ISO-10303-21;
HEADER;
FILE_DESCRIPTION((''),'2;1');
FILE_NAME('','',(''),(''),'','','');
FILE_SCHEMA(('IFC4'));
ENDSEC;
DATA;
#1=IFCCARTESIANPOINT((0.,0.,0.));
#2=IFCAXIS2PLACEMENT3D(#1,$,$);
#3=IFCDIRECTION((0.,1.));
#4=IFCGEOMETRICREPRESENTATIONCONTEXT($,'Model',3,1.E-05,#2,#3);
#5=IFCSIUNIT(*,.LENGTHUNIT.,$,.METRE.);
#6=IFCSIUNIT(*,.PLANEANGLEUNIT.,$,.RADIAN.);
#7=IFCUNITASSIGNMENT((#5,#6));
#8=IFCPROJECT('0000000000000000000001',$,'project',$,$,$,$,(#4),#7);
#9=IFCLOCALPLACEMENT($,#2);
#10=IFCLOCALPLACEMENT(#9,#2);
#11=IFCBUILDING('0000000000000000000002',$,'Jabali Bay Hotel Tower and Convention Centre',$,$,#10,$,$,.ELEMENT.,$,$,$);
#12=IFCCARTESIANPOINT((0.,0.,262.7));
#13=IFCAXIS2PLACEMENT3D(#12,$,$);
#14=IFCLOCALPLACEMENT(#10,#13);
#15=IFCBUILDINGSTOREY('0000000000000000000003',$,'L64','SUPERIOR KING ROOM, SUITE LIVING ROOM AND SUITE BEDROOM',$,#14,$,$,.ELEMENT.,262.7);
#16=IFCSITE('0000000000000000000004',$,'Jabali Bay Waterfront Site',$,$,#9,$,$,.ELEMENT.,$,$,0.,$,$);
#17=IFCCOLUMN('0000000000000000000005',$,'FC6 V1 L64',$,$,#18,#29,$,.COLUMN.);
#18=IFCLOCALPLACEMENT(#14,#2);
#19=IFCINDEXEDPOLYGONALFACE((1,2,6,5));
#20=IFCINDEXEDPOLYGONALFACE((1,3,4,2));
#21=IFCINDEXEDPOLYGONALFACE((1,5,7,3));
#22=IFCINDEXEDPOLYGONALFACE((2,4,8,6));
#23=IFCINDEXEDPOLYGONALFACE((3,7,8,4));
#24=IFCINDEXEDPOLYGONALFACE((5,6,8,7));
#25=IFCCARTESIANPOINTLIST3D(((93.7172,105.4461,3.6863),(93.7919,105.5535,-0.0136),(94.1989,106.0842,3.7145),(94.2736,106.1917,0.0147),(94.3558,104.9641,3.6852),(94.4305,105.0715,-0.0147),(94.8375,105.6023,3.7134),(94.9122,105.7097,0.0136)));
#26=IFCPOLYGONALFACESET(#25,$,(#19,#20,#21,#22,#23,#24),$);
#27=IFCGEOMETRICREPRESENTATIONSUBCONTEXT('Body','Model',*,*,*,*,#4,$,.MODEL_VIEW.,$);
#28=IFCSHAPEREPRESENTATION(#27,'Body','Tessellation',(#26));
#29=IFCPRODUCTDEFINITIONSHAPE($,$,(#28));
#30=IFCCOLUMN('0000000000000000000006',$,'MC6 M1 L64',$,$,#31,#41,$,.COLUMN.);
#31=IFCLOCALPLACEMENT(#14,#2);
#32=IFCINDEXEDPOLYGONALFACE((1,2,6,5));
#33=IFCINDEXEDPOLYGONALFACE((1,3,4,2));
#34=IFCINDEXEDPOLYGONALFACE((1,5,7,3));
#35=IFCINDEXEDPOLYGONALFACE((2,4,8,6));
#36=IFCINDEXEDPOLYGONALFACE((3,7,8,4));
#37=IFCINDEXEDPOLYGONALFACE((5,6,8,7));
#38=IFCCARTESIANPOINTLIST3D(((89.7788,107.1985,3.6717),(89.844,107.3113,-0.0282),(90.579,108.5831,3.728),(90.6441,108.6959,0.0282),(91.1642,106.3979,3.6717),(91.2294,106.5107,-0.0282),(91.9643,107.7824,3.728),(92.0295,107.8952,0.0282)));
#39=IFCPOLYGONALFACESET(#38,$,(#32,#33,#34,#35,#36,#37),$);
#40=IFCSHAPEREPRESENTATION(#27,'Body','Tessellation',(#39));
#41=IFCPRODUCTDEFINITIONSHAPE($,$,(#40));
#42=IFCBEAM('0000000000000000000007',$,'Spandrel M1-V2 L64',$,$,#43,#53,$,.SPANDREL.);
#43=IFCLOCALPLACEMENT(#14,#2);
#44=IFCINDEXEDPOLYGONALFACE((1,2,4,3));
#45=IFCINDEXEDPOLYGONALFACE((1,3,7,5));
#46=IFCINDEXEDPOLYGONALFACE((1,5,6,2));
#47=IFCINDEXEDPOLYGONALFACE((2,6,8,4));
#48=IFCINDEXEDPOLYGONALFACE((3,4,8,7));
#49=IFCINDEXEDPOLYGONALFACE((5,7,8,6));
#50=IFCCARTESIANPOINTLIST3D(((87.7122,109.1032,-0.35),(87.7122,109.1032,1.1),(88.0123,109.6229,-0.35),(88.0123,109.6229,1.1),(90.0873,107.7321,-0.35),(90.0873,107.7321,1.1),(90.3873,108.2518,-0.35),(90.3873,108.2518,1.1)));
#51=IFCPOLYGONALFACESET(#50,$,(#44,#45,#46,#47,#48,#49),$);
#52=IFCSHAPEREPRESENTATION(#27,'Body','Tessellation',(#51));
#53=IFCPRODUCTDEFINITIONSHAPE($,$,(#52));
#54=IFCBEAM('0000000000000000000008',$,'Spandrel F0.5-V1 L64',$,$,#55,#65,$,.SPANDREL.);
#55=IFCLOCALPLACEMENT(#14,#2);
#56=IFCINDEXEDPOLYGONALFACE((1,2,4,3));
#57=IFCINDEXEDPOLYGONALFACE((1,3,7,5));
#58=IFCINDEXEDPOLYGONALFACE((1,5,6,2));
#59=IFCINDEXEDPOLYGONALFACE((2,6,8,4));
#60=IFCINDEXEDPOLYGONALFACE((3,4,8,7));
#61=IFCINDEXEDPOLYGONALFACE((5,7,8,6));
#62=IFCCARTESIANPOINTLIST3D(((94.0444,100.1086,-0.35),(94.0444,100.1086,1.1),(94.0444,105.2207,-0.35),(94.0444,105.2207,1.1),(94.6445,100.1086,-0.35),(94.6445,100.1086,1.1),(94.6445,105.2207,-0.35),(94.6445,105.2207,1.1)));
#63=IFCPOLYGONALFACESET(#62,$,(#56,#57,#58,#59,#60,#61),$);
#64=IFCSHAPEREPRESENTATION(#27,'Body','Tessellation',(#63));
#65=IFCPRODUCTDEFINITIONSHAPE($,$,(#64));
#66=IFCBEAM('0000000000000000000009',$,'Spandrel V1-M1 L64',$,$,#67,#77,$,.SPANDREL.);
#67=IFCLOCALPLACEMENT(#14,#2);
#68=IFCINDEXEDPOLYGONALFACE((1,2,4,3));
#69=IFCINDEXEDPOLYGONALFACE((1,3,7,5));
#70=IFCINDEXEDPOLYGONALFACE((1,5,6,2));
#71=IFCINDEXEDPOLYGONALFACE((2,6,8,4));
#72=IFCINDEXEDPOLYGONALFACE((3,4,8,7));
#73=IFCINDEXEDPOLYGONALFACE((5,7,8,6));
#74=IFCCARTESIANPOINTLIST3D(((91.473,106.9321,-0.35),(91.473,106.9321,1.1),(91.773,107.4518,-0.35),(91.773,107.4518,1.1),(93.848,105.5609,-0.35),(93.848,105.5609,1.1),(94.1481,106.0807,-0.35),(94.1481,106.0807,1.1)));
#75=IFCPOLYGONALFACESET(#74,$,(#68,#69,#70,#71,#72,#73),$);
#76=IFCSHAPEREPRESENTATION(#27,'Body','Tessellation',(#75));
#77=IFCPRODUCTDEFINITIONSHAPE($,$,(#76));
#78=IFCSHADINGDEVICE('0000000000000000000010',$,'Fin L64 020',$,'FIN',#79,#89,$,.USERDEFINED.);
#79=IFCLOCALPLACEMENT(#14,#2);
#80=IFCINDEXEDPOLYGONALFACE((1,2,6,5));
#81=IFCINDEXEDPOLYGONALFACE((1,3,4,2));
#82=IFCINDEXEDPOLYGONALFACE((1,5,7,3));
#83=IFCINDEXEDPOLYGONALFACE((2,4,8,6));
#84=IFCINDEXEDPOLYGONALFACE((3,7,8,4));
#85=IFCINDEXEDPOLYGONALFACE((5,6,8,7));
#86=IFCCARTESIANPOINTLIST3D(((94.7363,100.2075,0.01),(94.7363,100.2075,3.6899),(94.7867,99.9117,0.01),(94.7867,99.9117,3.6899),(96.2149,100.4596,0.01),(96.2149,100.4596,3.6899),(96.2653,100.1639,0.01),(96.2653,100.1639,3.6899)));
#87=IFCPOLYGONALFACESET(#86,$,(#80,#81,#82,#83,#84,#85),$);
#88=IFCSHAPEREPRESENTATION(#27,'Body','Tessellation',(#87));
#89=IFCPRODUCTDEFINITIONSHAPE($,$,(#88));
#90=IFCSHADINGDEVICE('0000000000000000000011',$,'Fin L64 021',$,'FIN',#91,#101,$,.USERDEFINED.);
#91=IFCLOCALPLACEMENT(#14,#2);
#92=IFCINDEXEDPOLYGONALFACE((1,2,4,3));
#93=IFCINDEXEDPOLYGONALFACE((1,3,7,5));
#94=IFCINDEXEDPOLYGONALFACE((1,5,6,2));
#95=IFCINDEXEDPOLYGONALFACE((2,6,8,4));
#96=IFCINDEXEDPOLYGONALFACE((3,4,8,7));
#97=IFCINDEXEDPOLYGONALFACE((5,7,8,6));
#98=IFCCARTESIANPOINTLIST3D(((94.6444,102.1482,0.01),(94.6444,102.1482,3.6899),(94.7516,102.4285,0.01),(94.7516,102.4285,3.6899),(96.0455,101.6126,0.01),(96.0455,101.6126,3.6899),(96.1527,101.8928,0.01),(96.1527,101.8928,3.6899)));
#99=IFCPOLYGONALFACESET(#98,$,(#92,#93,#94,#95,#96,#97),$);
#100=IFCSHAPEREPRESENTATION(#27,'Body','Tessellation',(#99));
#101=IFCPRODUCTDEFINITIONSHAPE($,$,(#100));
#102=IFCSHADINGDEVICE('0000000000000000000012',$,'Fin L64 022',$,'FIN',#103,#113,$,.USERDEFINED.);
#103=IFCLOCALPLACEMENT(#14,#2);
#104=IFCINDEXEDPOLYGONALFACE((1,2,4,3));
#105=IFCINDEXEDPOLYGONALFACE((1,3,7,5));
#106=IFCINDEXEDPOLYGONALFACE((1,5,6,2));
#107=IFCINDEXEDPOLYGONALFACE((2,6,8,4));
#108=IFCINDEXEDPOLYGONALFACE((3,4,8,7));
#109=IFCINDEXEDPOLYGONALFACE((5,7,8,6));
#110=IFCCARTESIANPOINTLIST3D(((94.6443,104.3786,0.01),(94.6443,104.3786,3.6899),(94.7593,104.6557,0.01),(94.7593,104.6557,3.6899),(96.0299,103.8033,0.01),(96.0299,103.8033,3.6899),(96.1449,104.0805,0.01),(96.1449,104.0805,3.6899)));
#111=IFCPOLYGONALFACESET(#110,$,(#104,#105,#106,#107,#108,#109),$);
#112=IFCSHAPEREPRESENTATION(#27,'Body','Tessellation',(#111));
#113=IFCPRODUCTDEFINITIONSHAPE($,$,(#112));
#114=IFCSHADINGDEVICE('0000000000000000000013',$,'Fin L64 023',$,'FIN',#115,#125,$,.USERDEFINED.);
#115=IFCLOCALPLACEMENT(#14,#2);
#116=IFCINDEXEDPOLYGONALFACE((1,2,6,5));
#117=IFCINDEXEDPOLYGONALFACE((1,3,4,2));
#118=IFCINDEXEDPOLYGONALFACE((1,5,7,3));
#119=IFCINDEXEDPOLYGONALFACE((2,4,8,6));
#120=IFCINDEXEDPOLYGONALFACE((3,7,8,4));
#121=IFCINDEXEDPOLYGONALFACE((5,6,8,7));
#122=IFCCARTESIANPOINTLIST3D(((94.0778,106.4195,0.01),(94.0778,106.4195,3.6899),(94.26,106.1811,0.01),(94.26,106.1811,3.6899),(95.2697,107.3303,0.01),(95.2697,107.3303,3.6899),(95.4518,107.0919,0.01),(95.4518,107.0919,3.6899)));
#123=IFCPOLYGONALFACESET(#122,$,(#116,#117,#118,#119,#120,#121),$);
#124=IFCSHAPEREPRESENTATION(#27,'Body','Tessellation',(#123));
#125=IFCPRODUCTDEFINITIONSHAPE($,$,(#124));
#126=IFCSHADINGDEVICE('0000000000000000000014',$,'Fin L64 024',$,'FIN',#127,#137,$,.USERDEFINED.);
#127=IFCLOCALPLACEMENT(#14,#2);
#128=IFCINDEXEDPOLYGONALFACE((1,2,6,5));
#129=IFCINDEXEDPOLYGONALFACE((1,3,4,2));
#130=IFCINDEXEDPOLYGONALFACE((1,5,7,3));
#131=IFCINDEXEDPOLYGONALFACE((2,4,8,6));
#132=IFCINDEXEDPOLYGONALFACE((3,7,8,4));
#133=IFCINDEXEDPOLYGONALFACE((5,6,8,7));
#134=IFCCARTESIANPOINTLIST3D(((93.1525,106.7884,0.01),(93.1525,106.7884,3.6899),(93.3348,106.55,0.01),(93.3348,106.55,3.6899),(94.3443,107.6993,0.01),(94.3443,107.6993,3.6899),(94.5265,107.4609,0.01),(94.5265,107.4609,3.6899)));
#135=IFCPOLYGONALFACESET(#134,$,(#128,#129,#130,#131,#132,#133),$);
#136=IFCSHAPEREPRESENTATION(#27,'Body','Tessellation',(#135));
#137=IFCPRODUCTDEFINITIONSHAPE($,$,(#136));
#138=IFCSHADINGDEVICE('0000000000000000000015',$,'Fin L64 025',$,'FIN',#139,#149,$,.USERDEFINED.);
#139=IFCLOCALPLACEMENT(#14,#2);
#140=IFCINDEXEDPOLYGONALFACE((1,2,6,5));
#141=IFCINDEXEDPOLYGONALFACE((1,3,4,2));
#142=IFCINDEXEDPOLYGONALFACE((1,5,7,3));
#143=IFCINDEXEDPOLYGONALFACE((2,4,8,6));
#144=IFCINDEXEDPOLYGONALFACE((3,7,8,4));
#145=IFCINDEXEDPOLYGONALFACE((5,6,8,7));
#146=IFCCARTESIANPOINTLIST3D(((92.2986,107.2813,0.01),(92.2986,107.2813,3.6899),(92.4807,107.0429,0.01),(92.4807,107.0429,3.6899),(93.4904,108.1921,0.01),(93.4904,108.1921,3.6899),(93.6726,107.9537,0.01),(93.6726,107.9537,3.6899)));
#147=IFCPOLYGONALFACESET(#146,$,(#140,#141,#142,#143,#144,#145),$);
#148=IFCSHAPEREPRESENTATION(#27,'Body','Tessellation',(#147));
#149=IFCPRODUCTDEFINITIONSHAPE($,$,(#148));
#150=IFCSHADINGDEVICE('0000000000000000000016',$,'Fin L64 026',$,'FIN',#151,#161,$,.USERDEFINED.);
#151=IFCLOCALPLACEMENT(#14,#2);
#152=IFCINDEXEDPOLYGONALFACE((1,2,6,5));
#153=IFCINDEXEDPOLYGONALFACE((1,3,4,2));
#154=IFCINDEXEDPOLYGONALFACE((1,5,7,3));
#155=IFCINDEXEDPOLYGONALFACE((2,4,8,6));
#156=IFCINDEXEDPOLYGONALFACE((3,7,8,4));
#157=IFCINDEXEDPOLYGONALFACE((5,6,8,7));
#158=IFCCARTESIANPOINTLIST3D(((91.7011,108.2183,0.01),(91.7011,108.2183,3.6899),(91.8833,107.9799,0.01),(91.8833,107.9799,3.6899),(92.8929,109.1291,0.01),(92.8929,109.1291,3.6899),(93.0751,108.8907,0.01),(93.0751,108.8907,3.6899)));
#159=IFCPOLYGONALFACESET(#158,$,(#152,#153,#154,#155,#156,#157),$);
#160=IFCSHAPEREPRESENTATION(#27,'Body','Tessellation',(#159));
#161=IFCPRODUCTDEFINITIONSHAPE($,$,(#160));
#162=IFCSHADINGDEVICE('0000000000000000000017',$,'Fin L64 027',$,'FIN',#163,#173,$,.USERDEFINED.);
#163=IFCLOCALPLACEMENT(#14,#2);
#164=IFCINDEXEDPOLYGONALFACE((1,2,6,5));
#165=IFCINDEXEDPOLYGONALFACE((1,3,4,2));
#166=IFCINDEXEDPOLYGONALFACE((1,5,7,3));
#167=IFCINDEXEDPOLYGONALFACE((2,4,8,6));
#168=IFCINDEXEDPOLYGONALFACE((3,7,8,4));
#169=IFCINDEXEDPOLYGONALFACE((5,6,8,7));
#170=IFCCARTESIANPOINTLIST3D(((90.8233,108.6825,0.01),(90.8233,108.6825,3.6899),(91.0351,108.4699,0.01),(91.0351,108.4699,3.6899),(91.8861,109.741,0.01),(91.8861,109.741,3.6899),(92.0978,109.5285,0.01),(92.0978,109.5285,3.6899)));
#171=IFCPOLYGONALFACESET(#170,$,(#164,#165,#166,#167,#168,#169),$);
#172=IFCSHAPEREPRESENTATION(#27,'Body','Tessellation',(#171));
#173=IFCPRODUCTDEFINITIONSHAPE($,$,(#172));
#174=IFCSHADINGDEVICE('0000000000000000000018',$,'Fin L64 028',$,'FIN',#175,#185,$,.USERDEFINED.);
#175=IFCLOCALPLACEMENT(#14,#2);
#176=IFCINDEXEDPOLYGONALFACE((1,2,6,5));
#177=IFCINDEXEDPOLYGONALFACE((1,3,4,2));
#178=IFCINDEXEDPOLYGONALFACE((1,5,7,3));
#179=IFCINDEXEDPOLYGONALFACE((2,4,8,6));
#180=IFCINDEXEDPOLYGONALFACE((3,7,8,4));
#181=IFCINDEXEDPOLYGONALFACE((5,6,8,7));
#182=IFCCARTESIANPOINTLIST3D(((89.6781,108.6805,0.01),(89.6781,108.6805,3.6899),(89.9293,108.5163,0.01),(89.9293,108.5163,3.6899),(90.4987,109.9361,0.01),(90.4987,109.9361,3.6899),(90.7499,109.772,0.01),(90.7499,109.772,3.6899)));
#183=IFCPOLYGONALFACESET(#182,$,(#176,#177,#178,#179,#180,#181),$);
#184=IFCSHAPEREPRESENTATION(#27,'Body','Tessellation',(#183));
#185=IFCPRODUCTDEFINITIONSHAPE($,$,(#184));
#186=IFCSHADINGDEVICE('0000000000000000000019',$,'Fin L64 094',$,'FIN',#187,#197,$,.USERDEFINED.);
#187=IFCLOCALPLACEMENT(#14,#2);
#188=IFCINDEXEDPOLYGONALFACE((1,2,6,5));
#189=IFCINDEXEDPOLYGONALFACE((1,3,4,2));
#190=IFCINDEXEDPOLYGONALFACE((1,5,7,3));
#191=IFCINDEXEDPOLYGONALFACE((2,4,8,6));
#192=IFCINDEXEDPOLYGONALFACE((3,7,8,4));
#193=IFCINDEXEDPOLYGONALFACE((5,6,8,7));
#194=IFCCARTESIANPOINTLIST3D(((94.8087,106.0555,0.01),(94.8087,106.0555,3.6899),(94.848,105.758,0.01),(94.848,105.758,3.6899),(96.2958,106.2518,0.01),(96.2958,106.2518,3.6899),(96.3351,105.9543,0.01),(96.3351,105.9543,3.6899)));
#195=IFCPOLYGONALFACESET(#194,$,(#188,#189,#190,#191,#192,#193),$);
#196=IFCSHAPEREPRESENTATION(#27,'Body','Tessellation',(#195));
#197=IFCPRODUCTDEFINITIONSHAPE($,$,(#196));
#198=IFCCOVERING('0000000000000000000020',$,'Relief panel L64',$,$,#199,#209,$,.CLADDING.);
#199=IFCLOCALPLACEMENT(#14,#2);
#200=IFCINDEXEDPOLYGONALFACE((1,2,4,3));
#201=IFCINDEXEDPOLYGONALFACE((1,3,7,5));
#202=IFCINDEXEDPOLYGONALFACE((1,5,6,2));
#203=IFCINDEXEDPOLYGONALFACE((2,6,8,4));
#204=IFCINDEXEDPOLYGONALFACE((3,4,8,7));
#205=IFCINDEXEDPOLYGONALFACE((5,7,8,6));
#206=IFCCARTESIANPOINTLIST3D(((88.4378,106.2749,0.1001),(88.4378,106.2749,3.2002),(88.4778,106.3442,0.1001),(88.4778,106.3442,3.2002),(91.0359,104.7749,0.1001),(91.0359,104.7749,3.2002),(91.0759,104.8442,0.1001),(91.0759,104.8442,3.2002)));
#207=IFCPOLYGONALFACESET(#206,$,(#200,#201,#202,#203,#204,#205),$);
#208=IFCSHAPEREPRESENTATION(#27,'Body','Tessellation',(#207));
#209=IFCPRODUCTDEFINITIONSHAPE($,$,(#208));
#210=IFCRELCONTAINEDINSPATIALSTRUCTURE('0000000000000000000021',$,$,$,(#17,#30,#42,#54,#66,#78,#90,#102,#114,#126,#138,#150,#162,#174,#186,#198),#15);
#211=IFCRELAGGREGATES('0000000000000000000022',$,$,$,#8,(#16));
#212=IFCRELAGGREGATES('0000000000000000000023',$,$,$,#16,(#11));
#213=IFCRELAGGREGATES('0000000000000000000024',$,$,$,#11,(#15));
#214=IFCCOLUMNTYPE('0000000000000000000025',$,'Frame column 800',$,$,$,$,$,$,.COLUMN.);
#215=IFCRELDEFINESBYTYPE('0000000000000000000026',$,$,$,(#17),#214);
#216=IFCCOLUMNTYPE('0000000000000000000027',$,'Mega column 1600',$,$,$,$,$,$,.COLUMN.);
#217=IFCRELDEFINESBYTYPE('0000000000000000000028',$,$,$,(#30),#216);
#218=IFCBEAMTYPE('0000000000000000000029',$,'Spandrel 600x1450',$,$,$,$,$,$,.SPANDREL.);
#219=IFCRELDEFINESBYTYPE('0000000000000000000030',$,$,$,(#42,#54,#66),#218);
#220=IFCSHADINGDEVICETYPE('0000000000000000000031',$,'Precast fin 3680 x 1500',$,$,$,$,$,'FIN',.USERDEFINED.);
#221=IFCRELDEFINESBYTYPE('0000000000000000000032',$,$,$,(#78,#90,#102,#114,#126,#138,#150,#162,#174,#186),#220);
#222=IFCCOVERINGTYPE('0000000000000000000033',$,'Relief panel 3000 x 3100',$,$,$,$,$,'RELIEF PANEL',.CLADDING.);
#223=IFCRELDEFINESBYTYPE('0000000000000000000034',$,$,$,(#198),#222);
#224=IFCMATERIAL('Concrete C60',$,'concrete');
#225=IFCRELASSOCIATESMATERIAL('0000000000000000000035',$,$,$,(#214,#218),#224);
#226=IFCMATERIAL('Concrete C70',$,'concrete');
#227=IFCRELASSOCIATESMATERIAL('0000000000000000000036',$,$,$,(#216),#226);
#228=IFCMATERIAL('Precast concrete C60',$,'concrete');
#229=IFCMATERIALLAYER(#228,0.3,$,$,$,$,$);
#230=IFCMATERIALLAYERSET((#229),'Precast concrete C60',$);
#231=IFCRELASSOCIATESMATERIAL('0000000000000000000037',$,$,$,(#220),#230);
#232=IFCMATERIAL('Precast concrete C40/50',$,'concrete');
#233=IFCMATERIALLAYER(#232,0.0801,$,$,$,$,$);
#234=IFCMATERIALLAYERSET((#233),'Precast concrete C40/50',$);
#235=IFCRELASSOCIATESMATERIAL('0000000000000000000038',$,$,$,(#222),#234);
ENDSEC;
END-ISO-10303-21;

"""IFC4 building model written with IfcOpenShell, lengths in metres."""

from ifc_helpers import new_model, si_unit, direction, frame, frame_2d, origin, origin_2d, place, context, subcontext, project, spatial, rectangle, extrude, material, layer, layer_set, material_profile, profile_set, type_object, element, save


model = new_model("IFC4")

# Units and contexts
model_context = context("Model", 3, precision=1e-05, world=origin(), true_north=direction((0.0, 1.0)))
body_context = subcontext(model_context, "Body", "Model", "MODEL_VIEW")
ifc_project = project(units=[si_unit("LENGTHUNIT", "METRE"), si_unit("PLANEANGLEUNIT", "RADIAN")], contexts=[model_context])

# Site, building, storey
site_placement = place(None, origin())
site = spatial("IfcSite", under=ifc_project, at=site_placement, Name="Jabali Bay Waterfront Site", CompositionType="ELEMENT", RefElevation=0.0)
building_placement = place(site_placement, origin())
building = spatial("IfcBuilding", under=site, at=building_placement, Name="Jabali Bay Hotel Tower and Convention Centre", CompositionType="ELEMENT")
storey_placement = place(building_placement, frame((0.0, 0.0, 262.7)))
storey = spatial("IfcBuildingStorey", under=building, at=storey_placement, Name="L64", Description="SUPERIOR KING ROOM, SUITE LIVING ROOM AND SUITE BEDROOM", CompositionType="ELEMENT", Elevation=262.7)

# Columns
ifc_material_1 = material(Name="Concrete C60", Category="concrete")
ifc_material_profile_1 = material_profile(ifc_material_1, rectangle(XDim=0.8, YDim=0.8, at=origin_2d()), Name="Frame column 800")
ifc_profile_set_1 = profile_set([ifc_material_profile_1], Name="Concrete C60")
column_type_1 = type_object("IfcColumnType", Name="Frame column 800", PredefinedType="COLUMN", material=ifc_profile_set_1)
column_1_placement = place(storey_placement, frame((94.3521, 105.6316, 0.0), z_axis=(-0.020179, -0.029015, 0.999375), x_axis=(0.602075, 0.797658, 0.035315)))
element("IfcColumn", 1, at=column_1_placement, inside=storey, type_object=column_type_1, Name="FC6 V1 L64", PredefinedType="COLUMN", context=body_context, shape_type="SweptSolid", body=[
    extrude(rectangle(XDim=0.8, YDim=0.8, at=origin_2d()), origin(), (0.0, 0.0, 1.0), 3.7021),
])
ifc_material_2 = material(Name="Concrete C70", Category="concrete")
ifc_material_profile_2 = material_profile(ifc_material_2, rectangle(XDim=1.6001, YDim=1.6001, at=origin_2d()), Name="Mega column 1600")
ifc_profile_set_2 = profile_set([ifc_material_profile_2], Name="Concrete C70")
column_type_2 = type_object("IfcColumnType", Name="Mega column 1600", PredefinedType="COLUMN", material=ifc_profile_set_2)
column_2_placement = place(storey_placement, frame((90.9368, 107.6033, 0.0), z_axis=(-0.017607, -0.030466, 0.999381), x_axis=(0.865814, -0.500365, 0.0)))
element("IfcColumn", 2, at=column_2_placement, inside=storey, type_object=column_type_2, Name="MC6 M1 L64", PredefinedType="COLUMN", context=body_context, shape_type="SweptSolid", body=[
    extrude(rectangle(XDim=1.6001, YDim=1.6001, at=origin_2d()), origin(), (0.0, 0.0, 1.0), 3.7021),
])

# Beams
ifc_material_profile_3 = material_profile(ifc_material_1, rectangle(XDim=0.6001, YDim=1.45, at=origin_2d()), Name="Spandrel 600x1450")
ifc_profile_set_3 = profile_set([ifc_material_profile_3], Name="Concrete C60")
beam_type = type_object("IfcBeamType", Name="Spandrel 600x1450", PredefinedType="SPANDREL", material=ifc_profile_set_3)
beam_1_placement = place(storey_placement, frame((90.2373, 107.9919, 0.375), z_axis=(-0.866043, 0.499969, 0.0), x_axis=(-0.499969, -0.866043, 0.0)))
element("IfcBeam", 3, at=beam_1_placement, inside=storey, type_object=beam_type, Name="Spandrel M1-V2 L64", PredefinedType="SPANDREL", context=body_context, shape_type="SweptSolid", body=[
    extrude(rectangle(XDim=0.6001, YDim=1.45, at=origin_2d()), origin(), (0.0, 0.0, 1.0), 2.7424),
])
beam_2_placement = place(storey_placement, frame((94.3445, 100.1086, 0.375), z_axis=(0.0, 1.0, 0.0), x_axis=(-1.0, 0.0, 0.0)))
element("IfcBeam", 4, at=beam_2_placement, inside=storey, type_object=beam_type, Name="Spandrel F0.5-V1 L64", PredefinedType="SPANDREL", context=body_context, shape_type="SweptSolid", body=[
    extrude(rectangle(XDim=0.6001, YDim=1.45, at=origin_2d()), origin(), (0.0, 0.0, 1.0), 5.1121),
])
beam_3_placement = place(storey_placement, frame((93.998, 105.8208, 0.375), z_axis=(-0.866043, 0.499969, 0.0), x_axis=(-0.499969, -0.866043, 0.0)))
element("IfcBeam", 5, at=beam_3_placement, inside=storey, type_object=beam_type, Name="Spandrel V1-M1 L64", PredefinedType="SPANDREL", context=body_context, shape_type="SweptSolid", body=[
    extrude(rectangle(XDim=0.6001, YDim=1.45, at=origin_2d()), origin(), (0.0, 0.0, 1.0), 2.7424),
])

# Shading devices
ifc_material_3 = material(Name="Precast concrete C60", Category="concrete")
ifc_layer_1 = layer(ifc_material_3, 0.3)
ifc_layer_set_1 = layer_set([ifc_layer_1], Name="Precast concrete C60")
shading_device_type = type_object("IfcShadingDeviceType", Name="Precast fin 3680 x 1500", ElementType="FIN", PredefinedType="USERDEFINED", material=ifc_layer_set_1)
for number, where, z_axis, x_axis, name in (
    (6, (94.7615, 100.0596, 0.01), (0.0, 0.0, 1.0), (0.985767, 0.168119, 0.0), "Fin L64 020"),
    (7, (94.698, 102.2883, 0.01), (0.0, 0.0, 1.0), (0.934069, -0.357092, 0.0), "Fin L64 021"),
):
    element("IfcShadingDevice", number, at=place(storey_placement, frame(where, z_axis=z_axis, x_axis=x_axis)), inside=storey, type_object=shading_device_type, Name=name, ObjectType="FIN", PredefinedType="USERDEFINED", context=body_context, shape_type="SweptSolid", body=[
        extrude(rectangle(XDim=1.5, YDim=0.3, at=frame_2d((0.75, 0.0))), origin(), (0.0, 0.0, 1.0), 3.6799),
    ])
shading_device_placement = place(storey_placement, frame((94.7019, 104.5171, 0.01), z_axis=(0.0, 0.0, 1.0), x_axis=(0.923572, -0.383425, 0.0)))
element("IfcShadingDevice", 8, at=shading_device_placement, inside=storey, type_object=shading_device_type, Name="Fin L64 022", ObjectType="FIN", PredefinedType="USERDEFINED", context=body_context, shape_type="SweptSolid", body=[
    extrude(rectangle(XDim=1.5002, YDim=0.3, at=frame_2d((0.75, 0.0))), origin(), (0.0, 0.0, 1.0), 3.6799),
])
for number, where, z_axis, x_axis, name in (
    (9, (94.1689, 106.3003, 0.01), (0.0, 0.0, 1.0), (0.794538, 0.607214, 0.0), "Fin L64 023"),
    (10, (93.2437, 106.6692, 0.01), (0.0, 0.0, 1.0), (0.794478, 0.607293, 0.0), "Fin L64 024"),
    (11, (92.3896, 107.1621, 0.01), (0.0, 0.0, 1.0), (0.794538, 0.607214, 0.0), "Fin L64 025"),
    (12, (91.7922, 108.0991, 0.01), (0.0, 0.0, 1.0), (0.794538, 0.607214, 0.0), "Fin L64 026"),
    (13, (90.9292, 108.5762, 0.01), (0.0, 0.0, 1.0), (0.708489, 0.705722, 0.0), "Fin L64 027"),
    (14, (89.8037, 108.5984, 0.01), (0.0, 0.0, 1.0), (0.547052, 0.837099, 0.0), "Fin L64 028"),
    (15, (94.8284, 105.9067, 0.01), (0.0, 0.0, 1.0), (0.9914, 0.130863, 0.0), "Fin L64 094"),
):
    element("IfcShadingDevice", number, at=place(storey_placement, frame(where, z_axis=z_axis, x_axis=x_axis)), inside=storey, type_object=shading_device_type, Name=name, ObjectType="FIN", PredefinedType="USERDEFINED", context=body_context, shape_type="SweptSolid", body=[
        extrude(rectangle(XDim=1.5, YDim=0.3, at=frame_2d((0.75, 0.0))), origin(), (0.0, 0.0, 1.0), 3.6799),
    ])

# Covering
ifc_material_4 = material(Name="Precast concrete C40/50", Category="concrete")
ifc_layer_2 = layer(ifc_material_4, 0.0801)
ifc_layer_set_2 = layer_set([ifc_layer_2], Name="Precast concrete C40/50")
covering_type = type_object("IfcCoveringType", Name="Relief panel 3000 x 3100", ElementType="RELIEF PANEL", PredefinedType="CLADDING", material=ifc_layer_set_2)
covering_placement = place(storey_placement, frame((89.7568, 105.5596, 0.1001), z_axis=(0.0, 0.0, 1.0), x_axis=(0.866025, -0.5, 0.0)))
element("IfcCovering", 16, at=covering_placement, inside=storey, type_object=covering_type, Name="Relief panel L64", PredefinedType="CLADDING", context=body_context, shape_type="SweptSolid", body=[
    extrude(rectangle(XDim=3.0, YDim=0.0801, at=origin_2d()), origin(), (0.0, 0.0, 1.0), 3.1001),
])

save(model, "model.ifc")
